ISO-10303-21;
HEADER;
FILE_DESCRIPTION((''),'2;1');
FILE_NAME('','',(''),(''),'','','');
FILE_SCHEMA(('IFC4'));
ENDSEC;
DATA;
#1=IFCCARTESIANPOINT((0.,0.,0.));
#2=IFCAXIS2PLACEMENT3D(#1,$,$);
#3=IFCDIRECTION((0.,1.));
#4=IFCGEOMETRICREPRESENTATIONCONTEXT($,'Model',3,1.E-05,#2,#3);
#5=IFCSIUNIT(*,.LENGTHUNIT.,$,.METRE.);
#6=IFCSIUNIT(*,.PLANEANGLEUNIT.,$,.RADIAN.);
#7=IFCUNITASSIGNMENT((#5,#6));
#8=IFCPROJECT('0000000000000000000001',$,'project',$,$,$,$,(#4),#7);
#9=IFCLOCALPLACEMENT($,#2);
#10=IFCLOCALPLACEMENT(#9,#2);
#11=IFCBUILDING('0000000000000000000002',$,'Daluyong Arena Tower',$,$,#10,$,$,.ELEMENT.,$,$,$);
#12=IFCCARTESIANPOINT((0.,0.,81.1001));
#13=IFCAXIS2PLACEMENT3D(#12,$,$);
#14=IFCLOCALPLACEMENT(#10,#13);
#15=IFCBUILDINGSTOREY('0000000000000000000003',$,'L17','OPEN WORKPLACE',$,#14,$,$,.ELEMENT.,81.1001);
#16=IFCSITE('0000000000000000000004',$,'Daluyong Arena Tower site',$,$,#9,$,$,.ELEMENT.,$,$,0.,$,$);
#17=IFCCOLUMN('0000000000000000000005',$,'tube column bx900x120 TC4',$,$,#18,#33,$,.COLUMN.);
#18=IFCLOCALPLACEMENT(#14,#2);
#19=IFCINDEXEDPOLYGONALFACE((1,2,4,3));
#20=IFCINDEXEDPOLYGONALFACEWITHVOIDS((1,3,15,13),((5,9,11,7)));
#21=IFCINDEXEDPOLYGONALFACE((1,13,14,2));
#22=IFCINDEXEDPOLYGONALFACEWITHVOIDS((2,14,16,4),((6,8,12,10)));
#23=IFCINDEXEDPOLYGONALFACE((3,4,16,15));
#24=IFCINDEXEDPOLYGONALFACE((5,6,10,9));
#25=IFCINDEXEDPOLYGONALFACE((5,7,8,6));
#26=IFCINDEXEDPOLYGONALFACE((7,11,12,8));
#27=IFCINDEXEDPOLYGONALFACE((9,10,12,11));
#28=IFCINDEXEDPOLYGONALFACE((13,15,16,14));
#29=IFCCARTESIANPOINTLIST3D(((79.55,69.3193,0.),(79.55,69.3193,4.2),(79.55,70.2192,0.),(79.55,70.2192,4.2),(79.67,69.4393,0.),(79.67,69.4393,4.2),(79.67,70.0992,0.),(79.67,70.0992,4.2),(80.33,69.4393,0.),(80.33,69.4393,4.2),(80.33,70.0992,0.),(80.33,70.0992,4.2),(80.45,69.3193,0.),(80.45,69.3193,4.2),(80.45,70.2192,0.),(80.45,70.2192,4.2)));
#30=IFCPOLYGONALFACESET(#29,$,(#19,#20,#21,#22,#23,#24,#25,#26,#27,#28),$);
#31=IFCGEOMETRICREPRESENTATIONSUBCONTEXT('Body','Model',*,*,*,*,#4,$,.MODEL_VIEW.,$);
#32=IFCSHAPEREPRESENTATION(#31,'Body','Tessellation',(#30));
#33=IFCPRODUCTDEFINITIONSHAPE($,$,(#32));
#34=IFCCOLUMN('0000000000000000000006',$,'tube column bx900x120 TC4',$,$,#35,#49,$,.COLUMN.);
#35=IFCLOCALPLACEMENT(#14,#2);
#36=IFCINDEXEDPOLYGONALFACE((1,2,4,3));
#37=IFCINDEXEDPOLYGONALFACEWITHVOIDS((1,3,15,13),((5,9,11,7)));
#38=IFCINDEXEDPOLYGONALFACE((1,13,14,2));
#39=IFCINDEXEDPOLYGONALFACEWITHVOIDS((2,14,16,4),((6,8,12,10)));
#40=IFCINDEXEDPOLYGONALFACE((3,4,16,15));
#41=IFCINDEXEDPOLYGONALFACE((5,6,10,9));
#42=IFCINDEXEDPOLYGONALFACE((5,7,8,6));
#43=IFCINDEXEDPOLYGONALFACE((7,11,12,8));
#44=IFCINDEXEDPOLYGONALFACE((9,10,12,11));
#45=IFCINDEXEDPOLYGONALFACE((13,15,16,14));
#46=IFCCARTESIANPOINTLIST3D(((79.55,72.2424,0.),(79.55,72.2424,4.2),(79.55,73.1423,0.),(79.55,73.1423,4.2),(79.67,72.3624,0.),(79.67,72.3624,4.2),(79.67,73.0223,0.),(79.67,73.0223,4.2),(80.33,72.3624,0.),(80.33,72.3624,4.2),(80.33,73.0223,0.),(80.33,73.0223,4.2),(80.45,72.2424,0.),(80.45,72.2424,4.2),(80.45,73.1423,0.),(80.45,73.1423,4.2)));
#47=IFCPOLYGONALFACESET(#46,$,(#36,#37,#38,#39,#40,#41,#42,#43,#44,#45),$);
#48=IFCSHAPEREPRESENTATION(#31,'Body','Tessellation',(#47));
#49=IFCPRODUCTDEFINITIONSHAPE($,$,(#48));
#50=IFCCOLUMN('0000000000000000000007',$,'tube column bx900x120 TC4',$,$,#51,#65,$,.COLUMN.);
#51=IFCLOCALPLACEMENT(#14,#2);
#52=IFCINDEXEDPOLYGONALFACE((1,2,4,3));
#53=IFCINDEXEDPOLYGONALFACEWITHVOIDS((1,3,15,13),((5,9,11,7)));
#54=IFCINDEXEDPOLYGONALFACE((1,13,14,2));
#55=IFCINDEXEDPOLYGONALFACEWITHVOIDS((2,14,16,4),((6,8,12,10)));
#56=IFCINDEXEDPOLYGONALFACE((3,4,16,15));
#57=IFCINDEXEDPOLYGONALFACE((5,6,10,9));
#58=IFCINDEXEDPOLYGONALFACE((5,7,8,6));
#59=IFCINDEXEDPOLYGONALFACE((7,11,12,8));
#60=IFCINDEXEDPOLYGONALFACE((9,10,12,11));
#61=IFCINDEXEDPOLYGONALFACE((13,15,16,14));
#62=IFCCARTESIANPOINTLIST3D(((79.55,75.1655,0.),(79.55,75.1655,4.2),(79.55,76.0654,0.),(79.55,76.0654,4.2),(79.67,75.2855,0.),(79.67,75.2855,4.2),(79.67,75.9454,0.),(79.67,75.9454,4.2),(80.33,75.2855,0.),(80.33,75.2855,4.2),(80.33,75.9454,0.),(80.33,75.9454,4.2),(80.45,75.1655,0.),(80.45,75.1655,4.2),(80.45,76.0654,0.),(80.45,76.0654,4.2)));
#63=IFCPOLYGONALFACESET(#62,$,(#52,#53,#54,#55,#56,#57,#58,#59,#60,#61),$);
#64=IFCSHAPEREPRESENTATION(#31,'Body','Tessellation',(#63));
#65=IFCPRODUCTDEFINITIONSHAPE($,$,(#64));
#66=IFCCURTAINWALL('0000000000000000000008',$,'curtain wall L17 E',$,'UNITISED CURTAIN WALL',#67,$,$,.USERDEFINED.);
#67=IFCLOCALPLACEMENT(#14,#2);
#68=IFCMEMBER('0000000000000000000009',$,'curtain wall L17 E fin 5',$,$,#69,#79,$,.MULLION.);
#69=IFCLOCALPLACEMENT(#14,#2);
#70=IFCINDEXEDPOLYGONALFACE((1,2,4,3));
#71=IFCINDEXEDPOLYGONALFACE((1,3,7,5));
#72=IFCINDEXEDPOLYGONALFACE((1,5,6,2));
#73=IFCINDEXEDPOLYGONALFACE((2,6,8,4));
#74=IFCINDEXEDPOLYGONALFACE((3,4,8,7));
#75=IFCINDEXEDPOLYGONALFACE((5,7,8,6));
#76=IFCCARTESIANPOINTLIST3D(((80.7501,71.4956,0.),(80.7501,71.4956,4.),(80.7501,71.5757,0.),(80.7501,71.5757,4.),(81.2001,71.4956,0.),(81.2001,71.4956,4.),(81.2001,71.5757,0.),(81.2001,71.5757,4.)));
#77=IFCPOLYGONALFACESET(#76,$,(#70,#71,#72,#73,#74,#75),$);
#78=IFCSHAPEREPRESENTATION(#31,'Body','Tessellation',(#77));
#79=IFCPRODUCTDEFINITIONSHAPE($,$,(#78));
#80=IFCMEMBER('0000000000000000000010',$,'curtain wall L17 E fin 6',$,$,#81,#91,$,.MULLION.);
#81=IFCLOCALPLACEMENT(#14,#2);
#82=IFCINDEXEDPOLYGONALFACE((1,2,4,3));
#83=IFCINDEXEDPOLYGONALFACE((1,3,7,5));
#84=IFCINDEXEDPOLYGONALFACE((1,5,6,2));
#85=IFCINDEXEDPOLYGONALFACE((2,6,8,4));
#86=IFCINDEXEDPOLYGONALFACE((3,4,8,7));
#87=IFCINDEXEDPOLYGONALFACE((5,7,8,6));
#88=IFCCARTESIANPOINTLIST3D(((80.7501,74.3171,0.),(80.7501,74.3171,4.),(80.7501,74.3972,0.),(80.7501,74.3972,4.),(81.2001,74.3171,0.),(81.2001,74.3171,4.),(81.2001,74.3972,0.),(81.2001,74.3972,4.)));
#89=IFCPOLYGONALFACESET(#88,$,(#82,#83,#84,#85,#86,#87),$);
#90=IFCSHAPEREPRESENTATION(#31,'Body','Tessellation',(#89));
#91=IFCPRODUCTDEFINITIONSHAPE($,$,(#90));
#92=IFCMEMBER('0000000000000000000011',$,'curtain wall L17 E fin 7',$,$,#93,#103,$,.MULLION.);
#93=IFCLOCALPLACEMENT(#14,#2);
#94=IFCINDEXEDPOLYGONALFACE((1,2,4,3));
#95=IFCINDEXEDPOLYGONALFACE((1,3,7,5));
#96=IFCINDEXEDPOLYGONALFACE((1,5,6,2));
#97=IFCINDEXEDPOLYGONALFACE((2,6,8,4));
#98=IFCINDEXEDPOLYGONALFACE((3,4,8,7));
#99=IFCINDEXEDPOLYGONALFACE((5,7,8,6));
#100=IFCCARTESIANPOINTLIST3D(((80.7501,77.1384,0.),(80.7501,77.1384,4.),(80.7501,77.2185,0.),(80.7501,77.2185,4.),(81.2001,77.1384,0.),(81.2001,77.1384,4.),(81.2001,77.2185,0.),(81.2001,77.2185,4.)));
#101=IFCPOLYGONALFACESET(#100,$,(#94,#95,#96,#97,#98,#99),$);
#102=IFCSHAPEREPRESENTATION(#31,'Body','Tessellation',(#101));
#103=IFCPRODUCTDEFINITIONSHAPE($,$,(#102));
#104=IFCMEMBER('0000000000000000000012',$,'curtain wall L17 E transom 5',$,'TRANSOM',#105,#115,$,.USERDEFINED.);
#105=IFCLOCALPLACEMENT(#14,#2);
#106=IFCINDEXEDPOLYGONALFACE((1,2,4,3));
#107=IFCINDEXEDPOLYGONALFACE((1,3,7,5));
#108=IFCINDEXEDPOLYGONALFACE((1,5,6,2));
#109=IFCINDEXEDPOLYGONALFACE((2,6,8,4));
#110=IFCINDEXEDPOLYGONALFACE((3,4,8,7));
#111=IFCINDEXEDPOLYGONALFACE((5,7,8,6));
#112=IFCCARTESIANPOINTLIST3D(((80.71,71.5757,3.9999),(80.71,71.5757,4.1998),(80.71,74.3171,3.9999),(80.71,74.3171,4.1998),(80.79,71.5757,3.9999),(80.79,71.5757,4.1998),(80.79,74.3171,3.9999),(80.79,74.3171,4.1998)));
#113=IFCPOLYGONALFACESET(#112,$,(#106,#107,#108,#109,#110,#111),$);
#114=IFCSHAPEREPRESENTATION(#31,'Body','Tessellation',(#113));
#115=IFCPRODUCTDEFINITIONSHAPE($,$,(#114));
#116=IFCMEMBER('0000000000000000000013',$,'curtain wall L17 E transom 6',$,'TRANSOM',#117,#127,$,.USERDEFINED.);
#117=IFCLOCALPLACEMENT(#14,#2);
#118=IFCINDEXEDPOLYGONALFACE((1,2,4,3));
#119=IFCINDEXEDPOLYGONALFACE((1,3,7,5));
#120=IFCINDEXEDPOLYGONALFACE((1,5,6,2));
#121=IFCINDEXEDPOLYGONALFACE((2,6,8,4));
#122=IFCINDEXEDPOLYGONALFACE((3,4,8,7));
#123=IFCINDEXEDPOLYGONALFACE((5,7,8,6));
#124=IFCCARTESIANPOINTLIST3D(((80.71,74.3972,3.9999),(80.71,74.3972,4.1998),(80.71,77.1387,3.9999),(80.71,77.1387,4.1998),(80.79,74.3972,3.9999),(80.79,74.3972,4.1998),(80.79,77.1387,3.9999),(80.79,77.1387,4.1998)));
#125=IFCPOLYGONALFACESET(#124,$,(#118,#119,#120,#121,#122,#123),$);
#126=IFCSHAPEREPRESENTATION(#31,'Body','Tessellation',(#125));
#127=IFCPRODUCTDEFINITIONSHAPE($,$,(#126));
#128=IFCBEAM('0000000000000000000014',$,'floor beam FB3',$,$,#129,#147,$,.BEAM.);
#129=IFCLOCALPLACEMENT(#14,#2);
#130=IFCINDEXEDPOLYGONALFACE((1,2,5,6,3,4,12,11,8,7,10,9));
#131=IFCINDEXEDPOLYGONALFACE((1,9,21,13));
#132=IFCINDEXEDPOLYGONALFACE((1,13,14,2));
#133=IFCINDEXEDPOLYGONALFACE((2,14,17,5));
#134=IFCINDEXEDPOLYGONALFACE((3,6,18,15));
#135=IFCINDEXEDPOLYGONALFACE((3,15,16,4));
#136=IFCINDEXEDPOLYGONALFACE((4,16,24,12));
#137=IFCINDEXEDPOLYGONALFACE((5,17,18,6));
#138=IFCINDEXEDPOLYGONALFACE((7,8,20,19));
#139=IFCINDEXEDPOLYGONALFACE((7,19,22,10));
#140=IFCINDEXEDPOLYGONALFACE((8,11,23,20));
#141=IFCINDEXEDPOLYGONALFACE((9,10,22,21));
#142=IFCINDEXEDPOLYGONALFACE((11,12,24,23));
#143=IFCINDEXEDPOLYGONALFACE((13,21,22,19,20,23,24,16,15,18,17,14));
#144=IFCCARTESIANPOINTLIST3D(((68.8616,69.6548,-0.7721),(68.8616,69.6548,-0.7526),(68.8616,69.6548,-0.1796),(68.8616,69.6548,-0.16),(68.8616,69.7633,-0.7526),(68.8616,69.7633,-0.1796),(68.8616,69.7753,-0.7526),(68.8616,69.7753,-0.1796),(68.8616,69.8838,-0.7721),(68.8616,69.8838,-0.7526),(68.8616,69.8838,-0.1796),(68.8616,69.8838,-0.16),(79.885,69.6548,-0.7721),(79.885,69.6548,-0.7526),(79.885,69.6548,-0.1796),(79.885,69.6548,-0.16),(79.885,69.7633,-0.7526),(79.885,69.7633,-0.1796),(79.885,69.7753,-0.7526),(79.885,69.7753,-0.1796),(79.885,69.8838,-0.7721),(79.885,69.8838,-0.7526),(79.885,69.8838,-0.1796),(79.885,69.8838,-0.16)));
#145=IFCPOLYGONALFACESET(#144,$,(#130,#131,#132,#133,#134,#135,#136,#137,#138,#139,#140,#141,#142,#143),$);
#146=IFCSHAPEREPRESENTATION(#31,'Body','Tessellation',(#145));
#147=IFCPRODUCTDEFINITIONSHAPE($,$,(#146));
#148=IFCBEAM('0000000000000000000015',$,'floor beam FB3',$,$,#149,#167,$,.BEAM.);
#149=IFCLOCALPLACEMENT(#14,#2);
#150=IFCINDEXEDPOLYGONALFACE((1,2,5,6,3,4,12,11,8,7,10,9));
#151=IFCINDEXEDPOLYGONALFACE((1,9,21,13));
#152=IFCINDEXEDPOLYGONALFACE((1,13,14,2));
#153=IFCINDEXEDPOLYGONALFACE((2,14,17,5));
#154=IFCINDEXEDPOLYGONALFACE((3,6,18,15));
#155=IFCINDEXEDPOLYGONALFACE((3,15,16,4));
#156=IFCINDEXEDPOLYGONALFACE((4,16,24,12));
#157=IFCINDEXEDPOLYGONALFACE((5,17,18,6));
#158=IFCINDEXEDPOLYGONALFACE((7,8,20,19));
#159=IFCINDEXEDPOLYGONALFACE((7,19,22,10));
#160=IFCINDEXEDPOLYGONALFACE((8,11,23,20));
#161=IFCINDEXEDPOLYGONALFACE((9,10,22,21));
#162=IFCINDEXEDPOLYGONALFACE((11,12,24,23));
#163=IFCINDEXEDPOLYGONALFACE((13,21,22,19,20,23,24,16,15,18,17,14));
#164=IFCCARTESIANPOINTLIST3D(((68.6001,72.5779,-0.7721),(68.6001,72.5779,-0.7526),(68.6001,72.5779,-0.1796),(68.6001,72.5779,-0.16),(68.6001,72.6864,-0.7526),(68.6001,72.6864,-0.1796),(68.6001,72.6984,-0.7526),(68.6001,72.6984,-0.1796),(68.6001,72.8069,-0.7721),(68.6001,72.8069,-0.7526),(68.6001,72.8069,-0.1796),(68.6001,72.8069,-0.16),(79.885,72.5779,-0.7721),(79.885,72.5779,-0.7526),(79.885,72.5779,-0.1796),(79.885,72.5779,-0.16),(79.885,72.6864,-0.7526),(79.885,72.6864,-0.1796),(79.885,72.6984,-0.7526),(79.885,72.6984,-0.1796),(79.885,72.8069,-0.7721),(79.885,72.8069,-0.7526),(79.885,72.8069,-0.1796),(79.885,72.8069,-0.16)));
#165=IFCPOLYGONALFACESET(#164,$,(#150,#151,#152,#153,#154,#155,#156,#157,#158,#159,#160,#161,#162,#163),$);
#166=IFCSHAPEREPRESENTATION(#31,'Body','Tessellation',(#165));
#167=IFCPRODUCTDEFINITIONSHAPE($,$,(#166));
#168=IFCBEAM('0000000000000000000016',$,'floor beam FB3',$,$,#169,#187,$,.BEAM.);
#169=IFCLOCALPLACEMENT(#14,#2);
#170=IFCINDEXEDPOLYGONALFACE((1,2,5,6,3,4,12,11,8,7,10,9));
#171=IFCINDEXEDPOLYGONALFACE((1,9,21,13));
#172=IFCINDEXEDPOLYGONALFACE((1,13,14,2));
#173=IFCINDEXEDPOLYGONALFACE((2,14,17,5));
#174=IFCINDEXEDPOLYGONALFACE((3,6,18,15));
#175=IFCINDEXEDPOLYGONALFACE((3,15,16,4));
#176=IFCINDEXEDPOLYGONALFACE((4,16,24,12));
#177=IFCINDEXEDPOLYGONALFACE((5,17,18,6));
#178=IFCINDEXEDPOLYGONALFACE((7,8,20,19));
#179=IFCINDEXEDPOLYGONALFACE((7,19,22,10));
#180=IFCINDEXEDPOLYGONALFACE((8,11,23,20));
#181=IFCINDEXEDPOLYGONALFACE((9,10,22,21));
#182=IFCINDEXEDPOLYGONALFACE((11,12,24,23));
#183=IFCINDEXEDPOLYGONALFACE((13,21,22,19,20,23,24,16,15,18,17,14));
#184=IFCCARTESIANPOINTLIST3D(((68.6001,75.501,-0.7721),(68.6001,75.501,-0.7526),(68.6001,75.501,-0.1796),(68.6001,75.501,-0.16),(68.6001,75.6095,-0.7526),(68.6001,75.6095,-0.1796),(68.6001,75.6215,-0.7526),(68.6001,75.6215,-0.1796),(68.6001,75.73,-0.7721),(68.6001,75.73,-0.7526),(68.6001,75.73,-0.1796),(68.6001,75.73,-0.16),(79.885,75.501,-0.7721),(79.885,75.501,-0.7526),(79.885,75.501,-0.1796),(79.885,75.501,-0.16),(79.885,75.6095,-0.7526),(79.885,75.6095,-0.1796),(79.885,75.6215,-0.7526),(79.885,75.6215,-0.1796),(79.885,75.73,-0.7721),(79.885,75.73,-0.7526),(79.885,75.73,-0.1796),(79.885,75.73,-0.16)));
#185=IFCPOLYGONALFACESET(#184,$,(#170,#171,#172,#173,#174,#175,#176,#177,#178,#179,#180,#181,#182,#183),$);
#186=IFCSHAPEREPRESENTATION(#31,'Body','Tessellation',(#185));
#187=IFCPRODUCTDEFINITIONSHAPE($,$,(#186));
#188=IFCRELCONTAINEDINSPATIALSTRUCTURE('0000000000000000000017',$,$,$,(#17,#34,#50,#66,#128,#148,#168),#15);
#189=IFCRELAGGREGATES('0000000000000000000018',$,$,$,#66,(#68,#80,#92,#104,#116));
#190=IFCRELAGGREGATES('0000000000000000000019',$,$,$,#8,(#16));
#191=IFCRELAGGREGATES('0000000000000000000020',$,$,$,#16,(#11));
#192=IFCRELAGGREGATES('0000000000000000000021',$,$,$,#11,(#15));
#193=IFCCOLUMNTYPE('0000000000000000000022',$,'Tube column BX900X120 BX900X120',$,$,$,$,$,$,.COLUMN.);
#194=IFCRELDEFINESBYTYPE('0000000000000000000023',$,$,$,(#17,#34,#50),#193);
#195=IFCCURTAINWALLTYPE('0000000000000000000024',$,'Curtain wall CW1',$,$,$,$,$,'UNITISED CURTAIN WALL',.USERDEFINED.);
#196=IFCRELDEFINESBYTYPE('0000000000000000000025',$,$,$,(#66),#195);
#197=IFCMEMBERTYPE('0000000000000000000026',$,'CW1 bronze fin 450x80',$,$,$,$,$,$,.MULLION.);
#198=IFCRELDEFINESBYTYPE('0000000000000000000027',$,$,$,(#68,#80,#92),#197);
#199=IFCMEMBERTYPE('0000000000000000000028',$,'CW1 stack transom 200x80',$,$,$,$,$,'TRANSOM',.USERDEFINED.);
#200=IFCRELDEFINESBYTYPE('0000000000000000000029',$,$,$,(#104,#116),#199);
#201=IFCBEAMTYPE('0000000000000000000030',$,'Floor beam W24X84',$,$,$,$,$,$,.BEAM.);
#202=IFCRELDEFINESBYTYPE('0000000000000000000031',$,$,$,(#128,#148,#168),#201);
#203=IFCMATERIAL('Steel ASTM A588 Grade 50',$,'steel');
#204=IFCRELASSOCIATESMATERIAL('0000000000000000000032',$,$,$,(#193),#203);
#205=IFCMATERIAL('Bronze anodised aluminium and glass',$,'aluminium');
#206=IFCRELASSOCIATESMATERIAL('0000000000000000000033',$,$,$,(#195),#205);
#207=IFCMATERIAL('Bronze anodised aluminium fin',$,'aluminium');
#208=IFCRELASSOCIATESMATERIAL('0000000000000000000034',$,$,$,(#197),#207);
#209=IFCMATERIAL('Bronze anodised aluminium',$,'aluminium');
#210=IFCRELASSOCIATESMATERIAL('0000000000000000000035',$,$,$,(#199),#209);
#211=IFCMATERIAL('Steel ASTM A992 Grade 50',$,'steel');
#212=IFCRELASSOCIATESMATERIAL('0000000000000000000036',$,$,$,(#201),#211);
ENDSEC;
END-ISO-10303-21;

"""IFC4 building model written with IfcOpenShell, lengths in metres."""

from ifc_helpers import new_model, si_unit, direction, frame, origin, origin_2d, place, context, subcontext, project, spatial, rectangle, hollow_rectangle, i_section, extrude, material, material_profile, profile_set, type_object, element, aggregate, save


model = new_model("IFC4")

# Units and contexts
model_context = context("Model", 3, precision=1e-05, world=origin(), true_north=direction((0.0, 1.0)))
body_context = subcontext(model_context, "Body", "Model", "MODEL_VIEW")
ifc_project = project(units=[si_unit("LENGTHUNIT", "METRE"), si_unit("PLANEANGLEUNIT", "RADIAN")], contexts=[model_context])

# Site, building, storey
site_placement = place(None, origin())
site = spatial("IfcSite", under=ifc_project, at=site_placement, Name="Daluyong Arena Tower site", CompositionType="ELEMENT", RefElevation=0.0)
building_placement = place(site_placement, origin())
building = spatial("IfcBuilding", under=site, at=building_placement, Name="Daluyong Arena Tower", CompositionType="ELEMENT")
storey_placement = place(building_placement, frame((0.0, 0.0, 81.1001)))
storey = spatial("IfcBuildingStorey", under=building, at=storey_placement, Name="L17", Description="OPEN WORKPLACE", CompositionType="ELEMENT", Elevation=81.1001)

# Columns
ifc_material_1 = material(Name="Steel ASTM A588 Grade 50", Category="steel")
ifc_material_profile_1 = material_profile(ifc_material_1, hollow_rectangle(XDim=0.8999, YDim=0.8999, WallThickness=0.12, at=origin_2d()))
ifc_profile_set_1 = profile_set([ifc_material_profile_1], Name="Steel ASTM A588 Grade 50")
column_type = type_object("IfcColumnType", Name="Tube column BX900X120 BX900X120", PredefinedType="COLUMN", material=ifc_profile_set_1)
for number, where, z_axis, x_axis, name in (
    (1, (80.0, 69.7693, 0.0), (0.0, 0.0, 1.0), (0.0, 1.0, 0.0), "tube column bx900x120 TC4"),
    (2, (80.0, 72.6924, 0.0), (0.0, 0.0, 1.0), (0.0, 1.0, 0.0), "tube column bx900x120 TC4"),
    (3, (80.0, 75.6155, 0.0), (0.0, 0.0, 1.0), (0.0, 1.0, 0.0), "tube column bx900x120 TC4"),
):
    element("IfcColumn", number, at=place(storey_placement, frame(where, z_axis=z_axis, x_axis=x_axis)), inside=storey, type_object=column_type, Name=name, PredefinedType="COLUMN", context=body_context, shape_type="SweptSolid", body=[
        extrude(hollow_rectangle(XDim=0.8999, YDim=0.8999, WallThickness=0.12, at=origin_2d()), origin(), (0.0, 0.0, 1.0), 4.2),
    ])

# Curtain wall, members
ifc_material_2 = material(Name="Bronze anodised aluminium and glass", Category="aluminium")
curtain_wall_type = type_object("IfcCurtainWallType", Name="Curtain wall CW1", ElementType="UNITISED CURTAIN WALL", PredefinedType="USERDEFINED", material=ifc_material_2)
curtain_wall_placement = place(storey_placement, origin())
curtain_wall = element("IfcCurtainWall", 4, at=curtain_wall_placement, inside=storey, type_object=curtain_wall_type, Name="curtain wall L17 E", ObjectType="UNITISED CURTAIN WALL", PredefinedType="USERDEFINED")
ifc_material_3 = material(Name="Bronze anodised aluminium fin", Category="aluminium")
ifc_material_profile_2 = material_profile(ifc_material_3, rectangle(XDim=0.45, YDim=0.0801, at=origin_2d()))
ifc_profile_set_2 = profile_set([ifc_material_profile_2], Name="Bronze anodised aluminium fin")
member_type_1 = type_object("IfcMemberType", Name="CW1 bronze fin 450x80", PredefinedType="MULLION", material=ifc_profile_set_2)
member_1_placement = place(storey_placement, frame((80.9751, 71.5356, 0.0), z_axis=(0.0, 0.0, 1.0), x_axis=(-1.0, 0.0, 0.0)))
member_1 = element("IfcMember", 5, at=member_1_placement, type_object=member_type_1, Name="curtain wall L17 E fin 5", PredefinedType="MULLION", context=body_context, shape_type="SweptSolid", body=[
    extrude(rectangle(XDim=0.45, YDim=0.0801, at=origin_2d()), origin(), (0.0, 0.0, 1.0), 4.0),
])
member_2_placement = place(storey_placement, frame((80.9751, 74.3572, 0.0), z_axis=(0.0, 0.0, 1.0), x_axis=(-1.0, 0.0, 0.0)))
member_2 = element("IfcMember", 6, at=member_2_placement, type_object=member_type_1, Name="curtain wall L17 E fin 6", PredefinedType="MULLION", context=body_context, shape_type="SweptSolid", body=[
    extrude(rectangle(XDim=0.45, YDim=0.0801, at=origin_2d()), origin(), (0.0, 0.0, 1.0), 4.0),
])
member_3_placement = place(storey_placement, frame((80.9751, 77.1785, 0.0), z_axis=(0.0, 0.0, 1.0), x_axis=(-1.0, 0.0, 0.0)))
member_3 = element("IfcMember", 7, at=member_3_placement, type_object=member_type_1, Name="curtain wall L17 E fin 7", PredefinedType="MULLION", context=body_context, shape_type="SweptSolid", body=[
    extrude(rectangle(XDim=0.45, YDim=0.0801, at=origin_2d()), origin(), (0.0, 0.0, 1.0), 4.0),
])
ifc_material_4 = material(Name="Bronze anodised aluminium", Category="aluminium")
ifc_material_profile_3 = material_profile(ifc_material_4, rectangle(XDim=0.0801, YDim=0.2, at=origin_2d()))
ifc_profile_set_3 = profile_set([ifc_material_profile_3], Name="Bronze anodised aluminium")
member_type_2 = type_object("IfcMemberType", Name="CW1 stack transom 200x80", ElementType="TRANSOM", PredefinedType="USERDEFINED", material=ifc_profile_set_3)
member_4_placement = place(storey_placement, frame((80.75, 71.5757, 4.0999), z_axis=(0.0, 1.0, 0.0), x_axis=(-1.0, 0.0, 0.0)))
member_4 = element("IfcMember", 8, at=member_4_placement, type_object=member_type_2, Name="curtain wall L17 E transom 5", ObjectType="TRANSOM", PredefinedType="USERDEFINED", context=body_context, shape_type="SweptSolid", body=[
    extrude(rectangle(XDim=0.0801, YDim=0.2, at=origin_2d()), origin(), (0.0, 0.0, 1.0), 2.7415),
])
member_5_placement = place(storey_placement, frame((80.75, 74.3972, 4.0999), z_axis=(0.0, 1.0, 0.0), x_axis=(-1.0, 0.0, 0.0)))
member_5 = element("IfcMember", 9, at=member_5_placement, type_object=member_type_2, Name="curtain wall L17 E transom 6", ObjectType="TRANSOM", PredefinedType="USERDEFINED", context=body_context, shape_type="SweptSolid", body=[
    extrude(rectangle(XDim=0.0801, YDim=0.2, at=origin_2d()), origin(), (0.0, 0.0, 1.0), 2.7415),
])

# Beams
ifc_material_5 = material(Name="Steel ASTM A992 Grade 50", Category="steel")
ifc_material_profile_4 = material_profile(ifc_material_5, i_section(OverallWidth=0.229, OverallDepth=0.6121, WebThickness=0.012, FlangeThickness=0.0195, at=origin_2d()))
ifc_profile_set_4 = profile_set([ifc_material_profile_4], Name="Steel ASTM A992 Grade 50")
beam_type_1 = type_object("IfcBeamType", Name="Floor beam W24X84", PredefinedType="BEAM", material=ifc_profile_set_4)
beam_placement = place(storey_placement, frame((79.885, 69.7693, -0.4661), z_axis=(-1.0, 0.0, 0.0), x_axis=(0.0, -1.0, 0.0)))
element("IfcBeam", 10, at=beam_placement, inside=storey, type_object=beam_type_1, Name="floor beam FB3", PredefinedType="BEAM", context=body_context, shape_type="SweptSolid", body=[
    extrude(i_section(OverallWidth=0.229, OverallDepth=0.6121, WebThickness=0.012, FlangeThickness=0.0195, at=origin_2d()), origin(), (0.0, 0.0, 1.0), 11.0234),
])
for number, where, z_axis, x_axis, name in (
    (11, (79.885, 72.6924, -0.4661), (-1.0, 0.0, 0.0), (0.0, -1.0, 0.0), "floor beam FB3"),
    (12, (79.885, 75.6155, -0.4661), (-1.0, 0.0, 0.0), (0.0, -1.0, 0.0), "floor beam FB3"),
):
    element("IfcBeam", number, at=place(storey_placement, frame(where, z_axis=z_axis, x_axis=x_axis)), inside=storey, type_object=beam_type_1, Name=name, PredefinedType="BEAM", context=body_context, shape_type="SweptSolid", body=[
        extrude(i_section(OverallWidth=0.229, OverallDepth=0.6121, WebThickness=0.012, FlangeThickness=0.0195, at=origin_2d()), origin(), (0.0, 0.0, 1.0), 11.2849),
    ])

aggregate(curtain_wall, [member_1, member_2, member_3, member_4, member_5])

save(model, "model.ifc")
